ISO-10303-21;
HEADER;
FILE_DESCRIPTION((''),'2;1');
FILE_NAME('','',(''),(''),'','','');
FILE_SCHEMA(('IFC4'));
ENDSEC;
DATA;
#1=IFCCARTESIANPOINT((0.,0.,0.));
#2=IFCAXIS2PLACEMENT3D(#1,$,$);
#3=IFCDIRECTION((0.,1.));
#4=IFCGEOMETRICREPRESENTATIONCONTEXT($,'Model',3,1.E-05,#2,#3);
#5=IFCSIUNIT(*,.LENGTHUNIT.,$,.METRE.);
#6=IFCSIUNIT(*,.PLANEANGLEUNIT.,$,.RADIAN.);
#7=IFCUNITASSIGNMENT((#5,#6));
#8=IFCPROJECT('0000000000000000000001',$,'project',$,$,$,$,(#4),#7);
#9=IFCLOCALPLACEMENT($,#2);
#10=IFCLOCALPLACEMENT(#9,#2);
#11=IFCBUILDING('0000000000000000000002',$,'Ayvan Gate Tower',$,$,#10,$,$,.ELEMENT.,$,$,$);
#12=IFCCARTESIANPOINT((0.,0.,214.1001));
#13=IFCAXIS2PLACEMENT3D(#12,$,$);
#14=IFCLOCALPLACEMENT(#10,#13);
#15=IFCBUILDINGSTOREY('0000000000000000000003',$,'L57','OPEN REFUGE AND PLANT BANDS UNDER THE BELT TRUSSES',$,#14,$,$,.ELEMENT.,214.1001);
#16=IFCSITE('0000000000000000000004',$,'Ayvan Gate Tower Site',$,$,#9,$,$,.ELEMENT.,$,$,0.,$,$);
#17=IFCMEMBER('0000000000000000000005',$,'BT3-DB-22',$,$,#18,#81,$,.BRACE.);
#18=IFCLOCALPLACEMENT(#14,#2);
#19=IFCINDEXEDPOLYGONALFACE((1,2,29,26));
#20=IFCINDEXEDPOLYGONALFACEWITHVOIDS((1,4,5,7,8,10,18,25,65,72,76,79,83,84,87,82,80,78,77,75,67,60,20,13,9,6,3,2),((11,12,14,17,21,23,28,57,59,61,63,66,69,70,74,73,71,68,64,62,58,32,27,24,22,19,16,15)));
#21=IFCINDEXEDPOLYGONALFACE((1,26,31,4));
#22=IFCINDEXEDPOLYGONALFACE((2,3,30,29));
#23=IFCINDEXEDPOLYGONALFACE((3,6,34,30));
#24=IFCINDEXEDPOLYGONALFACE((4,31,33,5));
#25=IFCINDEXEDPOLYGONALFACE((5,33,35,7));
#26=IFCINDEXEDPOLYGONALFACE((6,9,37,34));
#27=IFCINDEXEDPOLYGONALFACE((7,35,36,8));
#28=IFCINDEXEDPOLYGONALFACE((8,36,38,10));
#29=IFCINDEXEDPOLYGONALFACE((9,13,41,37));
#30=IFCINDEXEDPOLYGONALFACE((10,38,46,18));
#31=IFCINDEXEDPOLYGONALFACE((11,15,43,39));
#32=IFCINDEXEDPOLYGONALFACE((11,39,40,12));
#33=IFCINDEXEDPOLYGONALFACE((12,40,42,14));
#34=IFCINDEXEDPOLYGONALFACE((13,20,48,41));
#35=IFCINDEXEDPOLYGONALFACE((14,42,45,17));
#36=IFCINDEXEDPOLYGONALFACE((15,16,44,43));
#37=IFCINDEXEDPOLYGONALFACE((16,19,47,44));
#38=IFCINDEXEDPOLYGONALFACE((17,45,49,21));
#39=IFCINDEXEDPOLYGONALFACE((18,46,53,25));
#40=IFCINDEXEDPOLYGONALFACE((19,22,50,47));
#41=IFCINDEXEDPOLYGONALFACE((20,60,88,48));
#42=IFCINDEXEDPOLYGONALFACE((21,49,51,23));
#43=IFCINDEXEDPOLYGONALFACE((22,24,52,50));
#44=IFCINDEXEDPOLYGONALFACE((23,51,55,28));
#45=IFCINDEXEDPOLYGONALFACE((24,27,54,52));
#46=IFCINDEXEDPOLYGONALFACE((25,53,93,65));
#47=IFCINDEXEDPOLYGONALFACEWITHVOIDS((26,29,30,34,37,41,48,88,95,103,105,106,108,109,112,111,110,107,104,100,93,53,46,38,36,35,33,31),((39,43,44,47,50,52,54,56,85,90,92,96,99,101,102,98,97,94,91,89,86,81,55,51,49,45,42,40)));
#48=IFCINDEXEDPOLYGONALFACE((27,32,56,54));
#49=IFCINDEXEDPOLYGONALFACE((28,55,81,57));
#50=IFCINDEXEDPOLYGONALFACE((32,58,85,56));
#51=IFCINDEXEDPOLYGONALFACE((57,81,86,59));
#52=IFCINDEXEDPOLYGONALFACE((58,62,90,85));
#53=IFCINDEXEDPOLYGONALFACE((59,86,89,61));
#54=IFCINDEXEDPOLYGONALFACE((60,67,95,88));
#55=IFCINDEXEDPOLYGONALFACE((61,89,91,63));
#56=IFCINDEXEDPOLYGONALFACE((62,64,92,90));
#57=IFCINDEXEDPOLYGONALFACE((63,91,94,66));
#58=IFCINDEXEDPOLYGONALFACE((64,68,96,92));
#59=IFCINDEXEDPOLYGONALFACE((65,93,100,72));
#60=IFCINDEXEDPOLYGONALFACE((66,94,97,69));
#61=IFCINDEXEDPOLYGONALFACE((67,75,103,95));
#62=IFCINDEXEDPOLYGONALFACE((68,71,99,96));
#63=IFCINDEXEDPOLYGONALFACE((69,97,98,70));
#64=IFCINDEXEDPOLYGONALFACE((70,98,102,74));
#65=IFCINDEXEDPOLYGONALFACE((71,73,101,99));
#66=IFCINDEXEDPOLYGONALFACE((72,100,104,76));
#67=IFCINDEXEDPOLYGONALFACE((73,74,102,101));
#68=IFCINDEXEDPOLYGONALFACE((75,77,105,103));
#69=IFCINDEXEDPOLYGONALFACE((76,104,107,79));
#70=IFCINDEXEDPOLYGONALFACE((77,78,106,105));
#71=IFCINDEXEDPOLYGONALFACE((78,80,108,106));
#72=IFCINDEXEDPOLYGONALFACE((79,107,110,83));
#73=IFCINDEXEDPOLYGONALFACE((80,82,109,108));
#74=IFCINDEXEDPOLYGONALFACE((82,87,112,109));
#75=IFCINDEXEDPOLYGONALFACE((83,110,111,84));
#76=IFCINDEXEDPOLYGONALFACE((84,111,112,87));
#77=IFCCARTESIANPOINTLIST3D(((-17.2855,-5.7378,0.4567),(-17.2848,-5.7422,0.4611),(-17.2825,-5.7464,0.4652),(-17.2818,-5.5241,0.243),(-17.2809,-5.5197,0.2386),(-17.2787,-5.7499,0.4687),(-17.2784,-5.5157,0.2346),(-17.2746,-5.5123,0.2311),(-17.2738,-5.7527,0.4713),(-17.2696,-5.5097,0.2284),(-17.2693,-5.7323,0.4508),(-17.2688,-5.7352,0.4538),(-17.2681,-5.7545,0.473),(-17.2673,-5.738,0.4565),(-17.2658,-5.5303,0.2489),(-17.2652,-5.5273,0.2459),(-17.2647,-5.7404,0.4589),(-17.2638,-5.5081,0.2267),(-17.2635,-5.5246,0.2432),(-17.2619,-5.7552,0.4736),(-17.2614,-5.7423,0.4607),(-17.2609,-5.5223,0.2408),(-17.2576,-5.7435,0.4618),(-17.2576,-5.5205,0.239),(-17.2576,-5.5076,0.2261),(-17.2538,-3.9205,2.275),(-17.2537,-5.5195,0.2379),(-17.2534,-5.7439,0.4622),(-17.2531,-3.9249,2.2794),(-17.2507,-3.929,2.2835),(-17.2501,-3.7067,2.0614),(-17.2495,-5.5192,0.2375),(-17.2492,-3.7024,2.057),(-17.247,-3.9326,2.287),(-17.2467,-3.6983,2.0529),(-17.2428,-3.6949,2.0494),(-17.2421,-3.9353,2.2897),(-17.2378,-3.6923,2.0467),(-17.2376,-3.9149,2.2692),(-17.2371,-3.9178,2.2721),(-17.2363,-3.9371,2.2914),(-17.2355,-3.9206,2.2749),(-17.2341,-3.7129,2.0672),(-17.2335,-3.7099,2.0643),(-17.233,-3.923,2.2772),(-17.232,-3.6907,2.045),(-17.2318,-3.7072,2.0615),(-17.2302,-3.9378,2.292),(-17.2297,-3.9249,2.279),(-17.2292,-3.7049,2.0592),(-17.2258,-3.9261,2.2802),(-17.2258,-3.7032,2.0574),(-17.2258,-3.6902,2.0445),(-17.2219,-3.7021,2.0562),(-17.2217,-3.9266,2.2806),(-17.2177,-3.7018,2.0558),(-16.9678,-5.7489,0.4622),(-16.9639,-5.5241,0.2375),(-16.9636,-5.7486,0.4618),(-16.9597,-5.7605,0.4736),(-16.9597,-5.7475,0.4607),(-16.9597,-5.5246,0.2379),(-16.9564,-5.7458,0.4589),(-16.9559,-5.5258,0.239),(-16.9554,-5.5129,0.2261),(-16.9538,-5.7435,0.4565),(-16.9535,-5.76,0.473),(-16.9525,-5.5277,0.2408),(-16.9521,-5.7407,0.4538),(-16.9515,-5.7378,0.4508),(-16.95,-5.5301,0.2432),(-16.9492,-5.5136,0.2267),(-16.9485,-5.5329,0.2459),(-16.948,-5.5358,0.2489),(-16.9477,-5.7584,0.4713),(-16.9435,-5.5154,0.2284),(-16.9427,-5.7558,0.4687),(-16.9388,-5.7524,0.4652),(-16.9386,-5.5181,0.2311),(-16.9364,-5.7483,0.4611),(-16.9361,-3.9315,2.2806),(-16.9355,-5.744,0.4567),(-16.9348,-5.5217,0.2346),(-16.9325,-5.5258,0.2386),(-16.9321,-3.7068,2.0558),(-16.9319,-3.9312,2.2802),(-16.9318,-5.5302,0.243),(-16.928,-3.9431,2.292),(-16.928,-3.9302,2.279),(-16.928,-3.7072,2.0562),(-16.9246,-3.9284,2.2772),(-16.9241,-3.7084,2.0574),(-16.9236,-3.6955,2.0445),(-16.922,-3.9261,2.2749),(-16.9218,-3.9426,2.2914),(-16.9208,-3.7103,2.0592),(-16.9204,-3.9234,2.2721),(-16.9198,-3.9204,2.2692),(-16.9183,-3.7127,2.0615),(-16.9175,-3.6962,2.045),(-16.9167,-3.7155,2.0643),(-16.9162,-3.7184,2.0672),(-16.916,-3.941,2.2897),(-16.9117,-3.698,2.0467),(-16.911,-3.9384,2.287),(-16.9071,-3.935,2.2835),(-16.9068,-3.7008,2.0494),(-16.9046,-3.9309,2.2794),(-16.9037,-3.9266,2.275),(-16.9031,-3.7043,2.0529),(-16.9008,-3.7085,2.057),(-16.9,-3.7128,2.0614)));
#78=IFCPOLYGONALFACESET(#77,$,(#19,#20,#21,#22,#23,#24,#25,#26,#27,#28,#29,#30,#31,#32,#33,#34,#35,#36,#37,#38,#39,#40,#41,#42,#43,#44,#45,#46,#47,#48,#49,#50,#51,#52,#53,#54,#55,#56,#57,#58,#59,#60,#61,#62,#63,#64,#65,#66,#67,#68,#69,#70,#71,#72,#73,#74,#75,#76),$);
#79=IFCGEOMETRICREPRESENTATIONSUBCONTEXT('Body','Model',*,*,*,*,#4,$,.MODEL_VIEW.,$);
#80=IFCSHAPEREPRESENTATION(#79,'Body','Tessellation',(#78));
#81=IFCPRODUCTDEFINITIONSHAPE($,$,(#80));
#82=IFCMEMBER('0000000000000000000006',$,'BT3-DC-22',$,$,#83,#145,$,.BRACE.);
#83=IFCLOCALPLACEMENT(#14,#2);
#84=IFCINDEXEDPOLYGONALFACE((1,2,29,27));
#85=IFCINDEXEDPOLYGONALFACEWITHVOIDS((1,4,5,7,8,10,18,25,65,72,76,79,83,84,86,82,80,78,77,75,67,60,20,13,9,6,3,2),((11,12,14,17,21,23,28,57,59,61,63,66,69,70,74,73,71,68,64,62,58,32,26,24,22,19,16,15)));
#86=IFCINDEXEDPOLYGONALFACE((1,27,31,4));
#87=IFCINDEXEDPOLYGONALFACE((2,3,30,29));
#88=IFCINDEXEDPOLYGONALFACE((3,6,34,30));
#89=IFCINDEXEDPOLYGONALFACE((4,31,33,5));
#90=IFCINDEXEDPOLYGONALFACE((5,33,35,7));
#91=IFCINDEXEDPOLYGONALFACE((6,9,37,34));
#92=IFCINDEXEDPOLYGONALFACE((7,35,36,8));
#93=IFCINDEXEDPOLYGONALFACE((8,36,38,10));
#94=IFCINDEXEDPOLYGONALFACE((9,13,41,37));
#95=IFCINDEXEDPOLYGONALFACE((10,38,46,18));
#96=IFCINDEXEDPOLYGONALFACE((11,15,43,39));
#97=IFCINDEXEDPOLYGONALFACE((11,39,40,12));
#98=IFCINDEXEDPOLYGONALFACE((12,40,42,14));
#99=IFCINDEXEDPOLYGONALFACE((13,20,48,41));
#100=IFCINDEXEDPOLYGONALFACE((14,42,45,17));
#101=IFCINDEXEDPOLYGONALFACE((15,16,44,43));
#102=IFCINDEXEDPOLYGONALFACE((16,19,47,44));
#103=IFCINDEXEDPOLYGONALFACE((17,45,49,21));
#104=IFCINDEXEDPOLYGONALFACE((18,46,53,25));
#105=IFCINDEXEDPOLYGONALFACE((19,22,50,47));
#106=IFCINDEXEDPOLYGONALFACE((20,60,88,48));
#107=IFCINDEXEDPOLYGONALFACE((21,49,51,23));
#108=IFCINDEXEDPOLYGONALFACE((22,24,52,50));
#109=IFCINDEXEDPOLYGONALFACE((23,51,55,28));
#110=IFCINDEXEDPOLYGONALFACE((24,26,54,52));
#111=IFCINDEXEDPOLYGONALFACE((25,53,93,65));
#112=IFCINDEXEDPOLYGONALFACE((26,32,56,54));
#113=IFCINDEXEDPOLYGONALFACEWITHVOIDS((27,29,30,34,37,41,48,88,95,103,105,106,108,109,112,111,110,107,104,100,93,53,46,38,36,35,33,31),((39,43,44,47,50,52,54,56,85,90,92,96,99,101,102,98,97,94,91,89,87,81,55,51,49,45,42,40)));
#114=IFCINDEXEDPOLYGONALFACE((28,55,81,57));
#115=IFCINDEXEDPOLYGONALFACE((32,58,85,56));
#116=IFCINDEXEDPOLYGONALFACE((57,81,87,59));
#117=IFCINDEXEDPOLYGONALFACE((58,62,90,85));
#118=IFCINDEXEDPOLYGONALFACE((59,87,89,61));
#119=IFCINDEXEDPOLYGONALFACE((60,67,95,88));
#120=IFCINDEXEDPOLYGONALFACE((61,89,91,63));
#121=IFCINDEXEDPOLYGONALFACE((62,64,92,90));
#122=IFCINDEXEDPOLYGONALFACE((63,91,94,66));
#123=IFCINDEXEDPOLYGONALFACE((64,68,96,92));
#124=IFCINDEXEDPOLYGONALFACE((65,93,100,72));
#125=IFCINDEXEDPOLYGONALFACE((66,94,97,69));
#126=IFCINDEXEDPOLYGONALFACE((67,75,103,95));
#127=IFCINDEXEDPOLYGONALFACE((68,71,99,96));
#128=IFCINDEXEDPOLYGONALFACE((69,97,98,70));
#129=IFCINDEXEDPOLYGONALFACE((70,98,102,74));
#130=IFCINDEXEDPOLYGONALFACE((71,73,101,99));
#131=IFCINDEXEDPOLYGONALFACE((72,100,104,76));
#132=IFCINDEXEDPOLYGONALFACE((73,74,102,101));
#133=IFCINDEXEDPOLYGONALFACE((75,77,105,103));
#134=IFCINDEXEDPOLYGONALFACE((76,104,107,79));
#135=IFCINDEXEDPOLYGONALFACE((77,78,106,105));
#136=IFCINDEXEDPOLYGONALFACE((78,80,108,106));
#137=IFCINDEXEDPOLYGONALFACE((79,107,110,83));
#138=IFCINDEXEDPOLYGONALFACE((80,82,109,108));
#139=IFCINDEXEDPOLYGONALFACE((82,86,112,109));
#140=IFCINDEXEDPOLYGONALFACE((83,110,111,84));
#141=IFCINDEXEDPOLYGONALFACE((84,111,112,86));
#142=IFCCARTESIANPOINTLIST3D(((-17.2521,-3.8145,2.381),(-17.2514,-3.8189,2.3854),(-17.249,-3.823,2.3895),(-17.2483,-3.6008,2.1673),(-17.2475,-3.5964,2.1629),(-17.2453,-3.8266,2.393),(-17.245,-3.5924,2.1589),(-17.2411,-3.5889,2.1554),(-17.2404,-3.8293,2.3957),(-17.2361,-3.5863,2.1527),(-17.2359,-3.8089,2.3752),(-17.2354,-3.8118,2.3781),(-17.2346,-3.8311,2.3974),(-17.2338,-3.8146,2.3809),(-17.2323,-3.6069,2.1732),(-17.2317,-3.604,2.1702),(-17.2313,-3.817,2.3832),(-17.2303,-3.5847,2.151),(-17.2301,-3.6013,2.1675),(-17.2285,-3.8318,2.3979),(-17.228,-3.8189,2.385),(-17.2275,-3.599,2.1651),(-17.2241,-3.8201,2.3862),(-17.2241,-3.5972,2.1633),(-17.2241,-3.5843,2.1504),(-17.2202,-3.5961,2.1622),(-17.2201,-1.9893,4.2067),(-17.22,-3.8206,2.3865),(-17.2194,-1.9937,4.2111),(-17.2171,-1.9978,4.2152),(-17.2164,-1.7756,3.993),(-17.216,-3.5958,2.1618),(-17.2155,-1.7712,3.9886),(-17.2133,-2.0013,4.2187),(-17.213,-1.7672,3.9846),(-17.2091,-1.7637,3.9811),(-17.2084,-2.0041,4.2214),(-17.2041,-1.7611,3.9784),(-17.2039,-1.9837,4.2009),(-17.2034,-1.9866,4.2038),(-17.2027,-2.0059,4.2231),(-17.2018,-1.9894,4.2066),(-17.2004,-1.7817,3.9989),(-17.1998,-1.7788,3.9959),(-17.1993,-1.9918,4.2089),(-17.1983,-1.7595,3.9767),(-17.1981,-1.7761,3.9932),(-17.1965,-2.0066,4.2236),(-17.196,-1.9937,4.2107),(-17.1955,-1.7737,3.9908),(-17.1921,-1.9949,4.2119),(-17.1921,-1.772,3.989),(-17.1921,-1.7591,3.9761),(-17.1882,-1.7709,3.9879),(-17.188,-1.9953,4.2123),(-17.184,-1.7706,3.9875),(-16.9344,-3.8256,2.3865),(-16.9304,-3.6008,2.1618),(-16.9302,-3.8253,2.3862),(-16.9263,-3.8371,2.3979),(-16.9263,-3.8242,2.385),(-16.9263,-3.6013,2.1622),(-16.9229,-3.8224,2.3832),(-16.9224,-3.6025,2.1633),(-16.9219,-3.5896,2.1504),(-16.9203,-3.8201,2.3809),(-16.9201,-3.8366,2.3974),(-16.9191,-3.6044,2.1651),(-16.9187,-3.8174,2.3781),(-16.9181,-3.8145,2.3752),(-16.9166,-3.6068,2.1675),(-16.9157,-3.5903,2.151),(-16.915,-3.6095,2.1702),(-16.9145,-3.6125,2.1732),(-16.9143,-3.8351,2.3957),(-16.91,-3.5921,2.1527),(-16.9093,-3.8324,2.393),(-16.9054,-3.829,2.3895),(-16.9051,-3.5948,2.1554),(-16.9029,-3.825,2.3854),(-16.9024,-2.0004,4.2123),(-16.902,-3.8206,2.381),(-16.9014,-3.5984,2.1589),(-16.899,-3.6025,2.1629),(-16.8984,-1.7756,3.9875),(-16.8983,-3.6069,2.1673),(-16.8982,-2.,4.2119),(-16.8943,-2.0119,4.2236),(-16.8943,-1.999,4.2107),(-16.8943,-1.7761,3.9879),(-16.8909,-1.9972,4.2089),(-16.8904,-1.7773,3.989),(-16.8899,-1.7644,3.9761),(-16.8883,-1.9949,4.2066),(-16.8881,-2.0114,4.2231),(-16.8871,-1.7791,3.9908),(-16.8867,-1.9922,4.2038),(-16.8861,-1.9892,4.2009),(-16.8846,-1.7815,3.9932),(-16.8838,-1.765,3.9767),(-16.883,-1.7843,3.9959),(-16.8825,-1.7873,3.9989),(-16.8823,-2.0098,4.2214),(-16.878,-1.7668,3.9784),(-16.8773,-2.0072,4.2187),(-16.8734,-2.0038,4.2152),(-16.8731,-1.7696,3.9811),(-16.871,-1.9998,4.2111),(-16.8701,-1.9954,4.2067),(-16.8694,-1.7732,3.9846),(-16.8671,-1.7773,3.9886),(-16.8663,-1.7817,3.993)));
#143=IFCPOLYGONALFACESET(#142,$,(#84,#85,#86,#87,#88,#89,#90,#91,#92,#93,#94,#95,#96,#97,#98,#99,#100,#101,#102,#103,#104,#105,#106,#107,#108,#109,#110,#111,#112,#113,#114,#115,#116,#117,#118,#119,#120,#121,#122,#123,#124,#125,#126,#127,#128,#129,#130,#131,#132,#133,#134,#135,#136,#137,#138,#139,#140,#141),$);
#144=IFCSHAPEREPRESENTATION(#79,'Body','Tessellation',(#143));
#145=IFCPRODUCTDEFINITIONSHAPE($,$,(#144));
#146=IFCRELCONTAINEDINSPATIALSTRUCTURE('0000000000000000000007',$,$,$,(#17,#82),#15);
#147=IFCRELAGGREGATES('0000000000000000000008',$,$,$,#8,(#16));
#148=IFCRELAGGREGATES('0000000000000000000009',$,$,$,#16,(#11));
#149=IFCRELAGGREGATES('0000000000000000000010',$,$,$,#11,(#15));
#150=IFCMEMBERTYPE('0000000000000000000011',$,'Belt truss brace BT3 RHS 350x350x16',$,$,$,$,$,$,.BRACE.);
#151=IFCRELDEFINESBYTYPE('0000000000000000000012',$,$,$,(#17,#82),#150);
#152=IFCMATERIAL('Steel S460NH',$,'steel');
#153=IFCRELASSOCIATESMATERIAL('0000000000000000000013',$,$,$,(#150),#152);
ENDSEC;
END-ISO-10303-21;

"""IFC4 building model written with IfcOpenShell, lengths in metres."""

from ifc_helpers import new_model, si_unit, direction, frame, origin, origin_2d, place, context, subcontext, project, spatial, hollow_rectangle, extrude, material, material_profile, profile_set, type_object, element, save


model = new_model("IFC4")

# Units and contexts
model_context = context("Model", 3, precision=1e-05, world=origin(), true_north=direction((0.0, 1.0)))
body_context = subcontext(model_context, "Body", "Model", "MODEL_VIEW")
ifc_project = project(units=[si_unit("LENGTHUNIT", "METRE"), si_unit("PLANEANGLEUNIT", "RADIAN")], contexts=[model_context])

# Site, building, storey
site_placement = place(None, origin())
site = spatial("IfcSite", under=ifc_project, at=site_placement, Name="Ayvan Gate Tower Site", CompositionType="ELEMENT", RefElevation=0.0)
building_placement = place(site_placement, origin())
building = spatial("IfcBuilding", under=site, at=building_placement, Name="Ayvan Gate Tower", CompositionType="ELEMENT")
storey_placement = place(building_placement, frame((0.0, 0.0, 214.1001)))
storey = spatial("IfcBuildingStorey", under=building, at=storey_placement, Name="L57", Description="OPEN REFUGE AND PLANT BANDS UNDER THE BELT TRUSSES", CompositionType="ELEMENT", Elevation=214.1001)

# Members
ifc_material_1 = material(Name="Steel S460NH", Category="steel")
ifc_material_profile_1 = material_profile(ifc_material_1, hollow_rectangle(XDim=0.3501, YDim=0.3501, WallThickness=0.0161, InnerFilletRadius=0.0161, OuterFilletRadius=0.0239, at=origin_2d()), Name="RHS 350x350x16")
ifc_profile_set_1 = profile_set([ifc_material_profile_1], Name="Steel S460NH")
member_type_1 = type_object("IfcMemberType", Name="Belt truss brace BT3 RHS 350x350x16", PredefinedType="BRACE", material=ifc_profile_set_1)
member_1_placement = place(storey_placement, frame((-17.1086, -5.634, 0.3499), z_axis=(0.012344, 0.706863, 0.707243), x_axis=(-0.999848, 0.017461, 0.0)))
element("IfcMember", 1, at=member_1_placement, inside=storey, type_object=member_type_1, Name="BT3-DB-22", PredefinedType="BRACE", context=body_context, shape_type="SweptSolid", body=[
    extrude(hollow_rectangle(XDim=0.3501, YDim=0.3501, WallThickness=0.0161, InnerFilletRadius=0.0161, OuterFilletRadius=0.0239, at=origin_2d()), origin(), (0.0, 0.0, 1.0), 2.571),
])
member_2_placement = place(storey_placement, frame((-17.0752, -3.7107, 2.2742), z_axis=(0.012388, 0.706958, 0.707147), x_axis=(-0.999847, 0.01752, 0.0)))
element("IfcMember", 2, at=member_2_placement, inside=storey, type_object=member_type_1, Name="BT3-DC-22", PredefinedType="BRACE", context=body_context, shape_type="SweptSolid", body=[
    extrude(hollow_rectangle(XDim=0.3501, YDim=0.3501, WallThickness=0.0161, InnerFilletRadius=0.0161, OuterFilletRadius=0.0239, at=origin_2d()), origin(), (0.0, 0.0, 1.0), 2.5818),
])

save(model, "model.ifc")
